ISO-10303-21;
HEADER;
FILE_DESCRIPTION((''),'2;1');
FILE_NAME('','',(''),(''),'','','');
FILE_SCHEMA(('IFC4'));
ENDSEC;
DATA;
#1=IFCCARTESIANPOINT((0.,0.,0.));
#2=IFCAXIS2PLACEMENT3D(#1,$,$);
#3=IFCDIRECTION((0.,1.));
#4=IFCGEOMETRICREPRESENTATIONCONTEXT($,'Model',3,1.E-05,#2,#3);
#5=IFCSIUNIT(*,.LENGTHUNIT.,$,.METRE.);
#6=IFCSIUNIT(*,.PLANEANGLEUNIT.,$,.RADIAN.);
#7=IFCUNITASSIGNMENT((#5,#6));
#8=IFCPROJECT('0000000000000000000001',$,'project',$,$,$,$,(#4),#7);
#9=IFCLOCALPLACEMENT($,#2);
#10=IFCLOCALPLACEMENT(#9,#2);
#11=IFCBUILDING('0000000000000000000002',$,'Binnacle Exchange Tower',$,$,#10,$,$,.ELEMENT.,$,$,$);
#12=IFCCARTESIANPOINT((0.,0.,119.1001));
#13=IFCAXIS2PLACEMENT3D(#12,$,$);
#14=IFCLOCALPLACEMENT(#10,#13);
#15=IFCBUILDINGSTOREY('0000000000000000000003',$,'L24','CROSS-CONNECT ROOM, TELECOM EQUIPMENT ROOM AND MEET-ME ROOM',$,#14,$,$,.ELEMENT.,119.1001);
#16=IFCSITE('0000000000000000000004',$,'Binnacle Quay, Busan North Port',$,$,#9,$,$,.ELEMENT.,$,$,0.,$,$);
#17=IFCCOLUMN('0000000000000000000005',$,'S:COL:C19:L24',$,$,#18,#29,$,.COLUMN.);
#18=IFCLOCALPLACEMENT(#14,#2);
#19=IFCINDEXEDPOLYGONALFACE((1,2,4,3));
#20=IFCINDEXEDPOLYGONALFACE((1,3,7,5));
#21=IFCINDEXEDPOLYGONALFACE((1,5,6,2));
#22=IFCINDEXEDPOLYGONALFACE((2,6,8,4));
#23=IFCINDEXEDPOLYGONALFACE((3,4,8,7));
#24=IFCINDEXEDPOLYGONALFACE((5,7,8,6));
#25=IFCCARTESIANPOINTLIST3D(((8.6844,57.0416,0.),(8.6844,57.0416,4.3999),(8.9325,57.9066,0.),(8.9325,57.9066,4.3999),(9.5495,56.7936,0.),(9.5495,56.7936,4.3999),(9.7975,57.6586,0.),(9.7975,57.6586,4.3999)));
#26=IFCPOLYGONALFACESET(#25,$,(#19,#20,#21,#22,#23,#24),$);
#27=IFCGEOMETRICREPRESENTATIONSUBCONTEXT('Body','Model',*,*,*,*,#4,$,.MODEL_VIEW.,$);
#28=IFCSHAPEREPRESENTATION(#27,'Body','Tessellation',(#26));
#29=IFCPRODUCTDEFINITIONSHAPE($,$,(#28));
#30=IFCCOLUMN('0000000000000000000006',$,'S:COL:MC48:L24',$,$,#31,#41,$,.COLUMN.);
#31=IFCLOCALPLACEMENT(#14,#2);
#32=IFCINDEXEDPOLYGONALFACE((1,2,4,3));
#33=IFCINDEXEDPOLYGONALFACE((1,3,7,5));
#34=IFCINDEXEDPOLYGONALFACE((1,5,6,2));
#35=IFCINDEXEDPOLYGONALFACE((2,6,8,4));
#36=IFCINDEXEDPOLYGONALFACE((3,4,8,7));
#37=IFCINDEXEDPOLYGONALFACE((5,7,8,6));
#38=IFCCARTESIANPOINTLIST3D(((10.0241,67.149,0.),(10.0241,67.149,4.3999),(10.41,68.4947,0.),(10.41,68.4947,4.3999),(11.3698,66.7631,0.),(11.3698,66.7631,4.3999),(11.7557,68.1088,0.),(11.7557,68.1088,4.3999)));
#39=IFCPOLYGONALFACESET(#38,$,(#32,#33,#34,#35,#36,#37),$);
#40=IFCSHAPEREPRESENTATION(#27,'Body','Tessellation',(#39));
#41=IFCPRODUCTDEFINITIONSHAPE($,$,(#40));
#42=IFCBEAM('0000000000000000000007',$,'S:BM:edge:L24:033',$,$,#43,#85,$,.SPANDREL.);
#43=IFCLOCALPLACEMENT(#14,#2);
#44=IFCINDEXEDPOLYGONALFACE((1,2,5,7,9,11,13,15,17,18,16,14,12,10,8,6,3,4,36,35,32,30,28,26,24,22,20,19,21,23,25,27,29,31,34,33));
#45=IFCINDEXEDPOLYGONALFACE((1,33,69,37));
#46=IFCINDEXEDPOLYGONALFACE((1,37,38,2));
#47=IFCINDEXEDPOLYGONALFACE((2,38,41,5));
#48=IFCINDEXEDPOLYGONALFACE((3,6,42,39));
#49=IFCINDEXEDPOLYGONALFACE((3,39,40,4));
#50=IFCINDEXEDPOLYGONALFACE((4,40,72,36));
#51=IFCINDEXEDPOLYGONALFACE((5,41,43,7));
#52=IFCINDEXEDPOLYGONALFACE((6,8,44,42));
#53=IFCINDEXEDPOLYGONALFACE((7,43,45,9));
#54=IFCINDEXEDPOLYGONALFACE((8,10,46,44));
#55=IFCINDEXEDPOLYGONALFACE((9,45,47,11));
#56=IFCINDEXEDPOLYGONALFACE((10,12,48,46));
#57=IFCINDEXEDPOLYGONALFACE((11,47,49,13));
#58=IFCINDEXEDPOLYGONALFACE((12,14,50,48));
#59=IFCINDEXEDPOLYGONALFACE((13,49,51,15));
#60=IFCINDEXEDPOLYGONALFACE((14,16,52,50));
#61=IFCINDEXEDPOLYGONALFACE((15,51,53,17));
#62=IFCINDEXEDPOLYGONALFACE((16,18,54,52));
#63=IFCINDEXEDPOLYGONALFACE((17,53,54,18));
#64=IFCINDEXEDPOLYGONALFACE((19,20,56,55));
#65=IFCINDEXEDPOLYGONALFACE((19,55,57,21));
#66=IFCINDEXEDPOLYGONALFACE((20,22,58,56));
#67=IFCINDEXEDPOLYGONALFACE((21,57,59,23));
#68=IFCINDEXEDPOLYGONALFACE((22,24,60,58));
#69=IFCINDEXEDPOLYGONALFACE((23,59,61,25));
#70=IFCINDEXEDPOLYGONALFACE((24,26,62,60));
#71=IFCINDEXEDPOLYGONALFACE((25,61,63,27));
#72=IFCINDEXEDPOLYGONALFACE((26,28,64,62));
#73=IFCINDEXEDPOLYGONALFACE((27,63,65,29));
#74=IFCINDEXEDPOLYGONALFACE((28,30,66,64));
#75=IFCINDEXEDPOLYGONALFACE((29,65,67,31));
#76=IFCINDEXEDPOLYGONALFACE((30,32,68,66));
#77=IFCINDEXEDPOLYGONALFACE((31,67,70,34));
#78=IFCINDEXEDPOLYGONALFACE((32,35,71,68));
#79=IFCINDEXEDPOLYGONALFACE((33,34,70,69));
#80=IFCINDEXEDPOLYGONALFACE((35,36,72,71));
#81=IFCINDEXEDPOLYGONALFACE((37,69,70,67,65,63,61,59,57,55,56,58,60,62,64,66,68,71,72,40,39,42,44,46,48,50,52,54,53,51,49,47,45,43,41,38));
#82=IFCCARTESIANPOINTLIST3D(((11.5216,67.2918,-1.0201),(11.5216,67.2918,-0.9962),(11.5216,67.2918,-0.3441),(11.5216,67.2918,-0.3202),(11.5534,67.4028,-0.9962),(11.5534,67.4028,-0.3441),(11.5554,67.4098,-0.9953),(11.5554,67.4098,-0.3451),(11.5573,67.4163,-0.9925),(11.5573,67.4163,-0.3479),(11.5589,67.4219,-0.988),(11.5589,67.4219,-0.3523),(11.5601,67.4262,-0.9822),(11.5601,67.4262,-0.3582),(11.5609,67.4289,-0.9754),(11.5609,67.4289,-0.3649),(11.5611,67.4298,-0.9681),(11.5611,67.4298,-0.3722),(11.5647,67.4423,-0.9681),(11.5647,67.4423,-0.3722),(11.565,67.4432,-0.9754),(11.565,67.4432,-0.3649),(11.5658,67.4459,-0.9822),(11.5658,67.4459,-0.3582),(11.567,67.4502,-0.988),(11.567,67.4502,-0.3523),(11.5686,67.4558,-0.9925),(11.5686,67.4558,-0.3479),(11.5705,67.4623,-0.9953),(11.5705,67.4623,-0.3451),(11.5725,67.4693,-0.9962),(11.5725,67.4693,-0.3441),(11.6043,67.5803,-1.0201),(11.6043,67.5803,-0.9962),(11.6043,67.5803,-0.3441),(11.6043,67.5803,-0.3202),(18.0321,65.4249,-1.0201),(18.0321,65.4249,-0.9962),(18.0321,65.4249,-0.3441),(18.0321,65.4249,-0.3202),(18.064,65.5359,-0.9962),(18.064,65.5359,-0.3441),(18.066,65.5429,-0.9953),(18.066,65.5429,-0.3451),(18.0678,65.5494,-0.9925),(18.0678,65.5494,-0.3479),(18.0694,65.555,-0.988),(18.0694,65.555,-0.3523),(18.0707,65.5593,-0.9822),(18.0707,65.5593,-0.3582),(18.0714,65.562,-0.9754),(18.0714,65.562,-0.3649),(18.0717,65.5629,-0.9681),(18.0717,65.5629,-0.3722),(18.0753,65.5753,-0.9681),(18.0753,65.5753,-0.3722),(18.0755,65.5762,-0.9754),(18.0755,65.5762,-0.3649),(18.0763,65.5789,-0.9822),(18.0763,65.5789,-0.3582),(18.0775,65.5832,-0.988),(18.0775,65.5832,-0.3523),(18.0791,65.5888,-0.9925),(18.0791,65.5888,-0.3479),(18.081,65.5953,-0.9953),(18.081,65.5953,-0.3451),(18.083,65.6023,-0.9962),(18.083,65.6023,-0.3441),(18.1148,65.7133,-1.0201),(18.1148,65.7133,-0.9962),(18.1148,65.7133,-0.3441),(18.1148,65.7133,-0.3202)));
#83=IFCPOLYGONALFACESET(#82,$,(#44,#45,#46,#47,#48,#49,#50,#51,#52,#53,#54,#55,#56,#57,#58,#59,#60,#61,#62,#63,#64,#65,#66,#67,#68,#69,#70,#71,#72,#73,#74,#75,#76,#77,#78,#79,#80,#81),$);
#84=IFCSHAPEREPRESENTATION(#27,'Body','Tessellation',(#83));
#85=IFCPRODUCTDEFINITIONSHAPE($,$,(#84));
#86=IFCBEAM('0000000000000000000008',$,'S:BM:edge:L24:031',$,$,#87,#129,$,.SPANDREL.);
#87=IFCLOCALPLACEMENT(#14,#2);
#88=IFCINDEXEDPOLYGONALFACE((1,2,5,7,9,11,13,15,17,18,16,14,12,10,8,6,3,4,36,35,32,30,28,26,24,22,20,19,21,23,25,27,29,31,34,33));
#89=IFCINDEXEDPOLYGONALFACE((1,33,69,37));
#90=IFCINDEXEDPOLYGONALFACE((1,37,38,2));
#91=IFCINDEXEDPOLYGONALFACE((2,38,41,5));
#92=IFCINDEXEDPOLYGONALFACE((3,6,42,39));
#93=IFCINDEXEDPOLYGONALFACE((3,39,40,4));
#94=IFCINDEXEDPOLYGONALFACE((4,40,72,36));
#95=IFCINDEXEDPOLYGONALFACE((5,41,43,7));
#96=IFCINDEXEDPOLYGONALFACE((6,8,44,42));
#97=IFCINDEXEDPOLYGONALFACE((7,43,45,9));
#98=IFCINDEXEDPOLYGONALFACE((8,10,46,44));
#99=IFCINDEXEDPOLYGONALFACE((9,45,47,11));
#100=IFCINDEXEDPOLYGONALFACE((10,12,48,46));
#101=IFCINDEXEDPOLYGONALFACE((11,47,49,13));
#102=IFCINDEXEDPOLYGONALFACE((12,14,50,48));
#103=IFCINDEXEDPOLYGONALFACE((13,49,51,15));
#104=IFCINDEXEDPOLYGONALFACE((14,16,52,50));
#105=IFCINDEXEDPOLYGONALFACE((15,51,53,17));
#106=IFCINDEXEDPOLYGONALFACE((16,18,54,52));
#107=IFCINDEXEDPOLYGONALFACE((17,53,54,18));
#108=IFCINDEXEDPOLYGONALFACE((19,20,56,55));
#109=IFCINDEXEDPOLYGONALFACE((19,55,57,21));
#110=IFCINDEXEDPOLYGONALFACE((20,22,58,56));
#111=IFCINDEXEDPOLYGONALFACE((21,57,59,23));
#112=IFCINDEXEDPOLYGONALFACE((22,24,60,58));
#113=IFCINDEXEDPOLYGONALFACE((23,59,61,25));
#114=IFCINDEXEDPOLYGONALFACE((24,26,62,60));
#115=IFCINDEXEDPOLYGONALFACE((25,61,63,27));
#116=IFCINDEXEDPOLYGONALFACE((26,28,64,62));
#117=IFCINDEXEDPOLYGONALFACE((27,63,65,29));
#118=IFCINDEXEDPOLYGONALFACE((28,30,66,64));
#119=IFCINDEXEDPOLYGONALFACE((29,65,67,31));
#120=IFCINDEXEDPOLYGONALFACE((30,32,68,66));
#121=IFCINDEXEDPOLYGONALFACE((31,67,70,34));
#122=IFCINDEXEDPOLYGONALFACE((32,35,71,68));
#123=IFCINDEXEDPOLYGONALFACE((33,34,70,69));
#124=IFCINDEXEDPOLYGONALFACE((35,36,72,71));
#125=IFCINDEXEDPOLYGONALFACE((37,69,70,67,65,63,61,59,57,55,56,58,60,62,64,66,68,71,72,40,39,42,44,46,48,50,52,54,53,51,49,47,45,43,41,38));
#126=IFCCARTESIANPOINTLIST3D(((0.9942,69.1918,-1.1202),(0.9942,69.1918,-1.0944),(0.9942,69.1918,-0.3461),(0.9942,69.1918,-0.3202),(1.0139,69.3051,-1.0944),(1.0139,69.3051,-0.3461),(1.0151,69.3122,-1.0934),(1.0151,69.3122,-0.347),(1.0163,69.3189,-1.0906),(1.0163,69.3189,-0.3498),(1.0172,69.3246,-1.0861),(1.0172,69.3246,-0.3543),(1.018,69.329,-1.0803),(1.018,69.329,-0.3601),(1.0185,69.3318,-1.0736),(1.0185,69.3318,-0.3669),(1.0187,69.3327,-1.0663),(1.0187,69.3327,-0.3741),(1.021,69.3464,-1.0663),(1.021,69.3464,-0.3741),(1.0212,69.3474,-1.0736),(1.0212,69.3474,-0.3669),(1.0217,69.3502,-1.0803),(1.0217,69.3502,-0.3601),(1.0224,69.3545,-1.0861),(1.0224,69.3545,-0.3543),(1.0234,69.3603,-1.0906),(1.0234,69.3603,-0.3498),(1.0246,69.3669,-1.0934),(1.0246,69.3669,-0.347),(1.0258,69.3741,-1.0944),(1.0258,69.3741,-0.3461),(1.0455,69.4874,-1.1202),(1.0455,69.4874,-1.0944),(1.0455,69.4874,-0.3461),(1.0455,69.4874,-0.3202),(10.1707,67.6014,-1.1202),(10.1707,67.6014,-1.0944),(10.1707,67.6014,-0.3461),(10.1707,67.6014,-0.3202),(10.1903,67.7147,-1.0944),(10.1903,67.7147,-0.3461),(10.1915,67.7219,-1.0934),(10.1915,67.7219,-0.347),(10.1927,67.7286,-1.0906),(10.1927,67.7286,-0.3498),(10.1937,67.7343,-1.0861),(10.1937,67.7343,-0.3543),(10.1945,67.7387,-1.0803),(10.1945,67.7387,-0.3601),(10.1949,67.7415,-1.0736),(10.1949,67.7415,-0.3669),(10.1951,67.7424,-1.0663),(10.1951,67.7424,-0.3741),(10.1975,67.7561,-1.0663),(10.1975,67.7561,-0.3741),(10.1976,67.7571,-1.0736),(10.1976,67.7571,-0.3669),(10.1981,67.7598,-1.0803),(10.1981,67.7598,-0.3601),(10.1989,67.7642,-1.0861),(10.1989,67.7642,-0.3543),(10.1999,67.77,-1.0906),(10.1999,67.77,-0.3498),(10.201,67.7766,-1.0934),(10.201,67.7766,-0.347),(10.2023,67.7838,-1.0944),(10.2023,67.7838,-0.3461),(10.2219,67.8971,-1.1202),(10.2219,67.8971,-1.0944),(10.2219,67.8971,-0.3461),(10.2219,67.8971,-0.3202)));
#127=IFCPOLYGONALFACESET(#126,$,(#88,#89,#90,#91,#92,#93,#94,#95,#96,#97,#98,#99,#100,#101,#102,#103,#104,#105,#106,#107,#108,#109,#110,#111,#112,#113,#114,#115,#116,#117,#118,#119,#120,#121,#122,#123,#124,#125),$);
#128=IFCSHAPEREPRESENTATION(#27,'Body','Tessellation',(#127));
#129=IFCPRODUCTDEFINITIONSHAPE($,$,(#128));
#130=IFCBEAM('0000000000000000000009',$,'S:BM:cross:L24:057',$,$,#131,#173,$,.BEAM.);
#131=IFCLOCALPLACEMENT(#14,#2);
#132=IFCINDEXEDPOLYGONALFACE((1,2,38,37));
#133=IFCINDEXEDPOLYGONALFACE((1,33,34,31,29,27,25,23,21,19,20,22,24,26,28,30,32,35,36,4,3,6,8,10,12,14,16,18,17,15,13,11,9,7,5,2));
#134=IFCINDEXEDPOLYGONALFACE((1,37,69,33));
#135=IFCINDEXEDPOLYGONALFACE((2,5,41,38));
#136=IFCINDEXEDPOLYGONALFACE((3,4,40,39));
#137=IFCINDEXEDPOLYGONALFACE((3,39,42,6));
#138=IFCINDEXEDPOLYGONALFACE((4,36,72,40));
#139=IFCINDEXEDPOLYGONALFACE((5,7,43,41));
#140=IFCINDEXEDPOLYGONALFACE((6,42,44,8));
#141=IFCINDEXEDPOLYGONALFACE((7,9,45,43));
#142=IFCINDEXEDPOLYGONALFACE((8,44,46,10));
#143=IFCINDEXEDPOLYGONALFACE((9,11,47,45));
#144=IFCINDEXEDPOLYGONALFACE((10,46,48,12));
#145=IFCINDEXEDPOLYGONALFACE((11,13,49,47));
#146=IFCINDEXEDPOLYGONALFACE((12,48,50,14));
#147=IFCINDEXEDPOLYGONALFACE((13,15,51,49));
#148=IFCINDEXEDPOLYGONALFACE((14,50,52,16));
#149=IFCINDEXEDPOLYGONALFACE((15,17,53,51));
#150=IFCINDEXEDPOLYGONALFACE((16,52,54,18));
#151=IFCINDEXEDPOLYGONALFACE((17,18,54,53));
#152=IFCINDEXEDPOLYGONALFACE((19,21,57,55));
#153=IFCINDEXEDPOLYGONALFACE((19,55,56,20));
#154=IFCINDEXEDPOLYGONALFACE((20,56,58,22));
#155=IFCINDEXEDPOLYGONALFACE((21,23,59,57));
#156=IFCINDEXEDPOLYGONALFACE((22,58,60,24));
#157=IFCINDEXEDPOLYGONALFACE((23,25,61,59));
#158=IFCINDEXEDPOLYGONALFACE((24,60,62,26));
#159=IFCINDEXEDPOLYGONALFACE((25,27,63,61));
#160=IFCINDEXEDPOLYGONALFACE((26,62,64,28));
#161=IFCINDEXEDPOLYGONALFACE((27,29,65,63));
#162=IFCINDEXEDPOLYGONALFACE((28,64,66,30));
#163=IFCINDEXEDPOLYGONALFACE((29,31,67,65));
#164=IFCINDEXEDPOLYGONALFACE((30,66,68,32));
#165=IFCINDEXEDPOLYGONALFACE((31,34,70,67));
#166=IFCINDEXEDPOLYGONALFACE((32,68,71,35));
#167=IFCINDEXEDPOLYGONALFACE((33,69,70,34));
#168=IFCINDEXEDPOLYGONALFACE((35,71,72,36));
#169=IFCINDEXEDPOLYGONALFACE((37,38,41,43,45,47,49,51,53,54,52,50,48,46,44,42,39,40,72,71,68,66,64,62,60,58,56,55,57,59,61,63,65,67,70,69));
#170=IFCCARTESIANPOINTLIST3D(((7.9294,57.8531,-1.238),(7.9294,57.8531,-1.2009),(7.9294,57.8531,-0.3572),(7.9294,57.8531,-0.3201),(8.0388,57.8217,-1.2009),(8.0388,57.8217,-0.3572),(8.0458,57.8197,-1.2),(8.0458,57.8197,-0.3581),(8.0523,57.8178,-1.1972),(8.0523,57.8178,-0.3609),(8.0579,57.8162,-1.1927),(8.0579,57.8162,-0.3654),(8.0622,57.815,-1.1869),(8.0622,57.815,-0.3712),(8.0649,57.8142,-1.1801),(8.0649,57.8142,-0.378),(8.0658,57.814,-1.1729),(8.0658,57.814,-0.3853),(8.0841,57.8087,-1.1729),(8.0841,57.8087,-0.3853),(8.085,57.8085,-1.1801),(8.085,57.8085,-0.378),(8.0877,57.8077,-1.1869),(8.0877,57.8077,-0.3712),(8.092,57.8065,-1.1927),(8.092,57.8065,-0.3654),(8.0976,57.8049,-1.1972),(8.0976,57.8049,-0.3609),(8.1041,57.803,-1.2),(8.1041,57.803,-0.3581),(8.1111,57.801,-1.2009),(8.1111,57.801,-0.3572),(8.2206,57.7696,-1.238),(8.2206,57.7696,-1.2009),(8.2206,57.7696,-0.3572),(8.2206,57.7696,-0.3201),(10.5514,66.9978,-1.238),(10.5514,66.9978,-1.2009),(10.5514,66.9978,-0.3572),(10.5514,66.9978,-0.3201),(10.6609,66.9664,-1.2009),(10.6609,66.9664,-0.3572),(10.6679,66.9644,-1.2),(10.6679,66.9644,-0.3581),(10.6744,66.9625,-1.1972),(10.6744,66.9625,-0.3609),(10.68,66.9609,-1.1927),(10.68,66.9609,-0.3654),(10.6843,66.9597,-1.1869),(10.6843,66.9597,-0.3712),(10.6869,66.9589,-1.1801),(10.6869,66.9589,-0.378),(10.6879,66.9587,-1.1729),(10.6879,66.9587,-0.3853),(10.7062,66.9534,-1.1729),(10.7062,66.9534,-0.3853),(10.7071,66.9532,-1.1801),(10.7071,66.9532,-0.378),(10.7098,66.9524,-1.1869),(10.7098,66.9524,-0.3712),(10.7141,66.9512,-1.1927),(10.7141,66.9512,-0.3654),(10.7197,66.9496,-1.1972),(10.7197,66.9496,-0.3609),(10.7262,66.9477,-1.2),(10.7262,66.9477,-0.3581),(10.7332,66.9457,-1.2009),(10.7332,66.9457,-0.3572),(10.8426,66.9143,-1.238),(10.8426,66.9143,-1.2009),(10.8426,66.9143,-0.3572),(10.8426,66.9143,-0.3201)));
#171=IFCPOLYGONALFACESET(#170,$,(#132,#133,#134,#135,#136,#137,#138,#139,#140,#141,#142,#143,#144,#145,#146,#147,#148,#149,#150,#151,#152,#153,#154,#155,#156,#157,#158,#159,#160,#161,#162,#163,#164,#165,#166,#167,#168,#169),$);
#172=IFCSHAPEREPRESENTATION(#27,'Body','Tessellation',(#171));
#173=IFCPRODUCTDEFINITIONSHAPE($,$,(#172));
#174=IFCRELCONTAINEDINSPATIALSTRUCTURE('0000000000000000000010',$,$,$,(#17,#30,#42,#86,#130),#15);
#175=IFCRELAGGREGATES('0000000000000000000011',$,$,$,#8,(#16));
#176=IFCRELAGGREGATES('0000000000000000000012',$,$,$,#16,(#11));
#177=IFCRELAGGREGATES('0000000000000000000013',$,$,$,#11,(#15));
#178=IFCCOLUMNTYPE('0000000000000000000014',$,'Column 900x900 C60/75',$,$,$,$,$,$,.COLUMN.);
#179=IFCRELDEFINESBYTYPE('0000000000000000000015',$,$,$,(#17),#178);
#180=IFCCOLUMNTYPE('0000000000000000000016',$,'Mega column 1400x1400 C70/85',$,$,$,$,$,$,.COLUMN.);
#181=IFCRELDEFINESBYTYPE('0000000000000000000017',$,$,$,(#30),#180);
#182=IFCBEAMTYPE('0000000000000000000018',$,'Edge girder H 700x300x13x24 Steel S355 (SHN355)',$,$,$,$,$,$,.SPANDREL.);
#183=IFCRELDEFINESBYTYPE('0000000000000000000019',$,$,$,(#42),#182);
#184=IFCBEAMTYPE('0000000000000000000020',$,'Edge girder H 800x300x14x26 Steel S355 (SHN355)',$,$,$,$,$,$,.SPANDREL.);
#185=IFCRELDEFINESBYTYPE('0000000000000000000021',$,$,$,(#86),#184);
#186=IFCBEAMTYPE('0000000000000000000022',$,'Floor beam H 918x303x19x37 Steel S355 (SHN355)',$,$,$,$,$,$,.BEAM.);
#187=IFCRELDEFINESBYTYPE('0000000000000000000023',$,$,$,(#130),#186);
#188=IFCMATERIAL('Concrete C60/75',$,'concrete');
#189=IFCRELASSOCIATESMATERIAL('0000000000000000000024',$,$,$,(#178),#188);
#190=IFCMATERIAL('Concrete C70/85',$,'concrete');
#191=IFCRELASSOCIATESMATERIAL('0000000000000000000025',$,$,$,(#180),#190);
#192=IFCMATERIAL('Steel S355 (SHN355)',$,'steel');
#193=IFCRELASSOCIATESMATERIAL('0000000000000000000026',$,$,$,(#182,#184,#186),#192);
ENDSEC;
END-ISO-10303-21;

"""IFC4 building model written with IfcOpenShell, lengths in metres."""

from ifc_helpers import new_model, si_unit, direction, frame, origin, origin_2d, place, context, subcontext, project, spatial, rectangle, i_section, extrude, material, material_profile, profile_set, type_object, element, save


model = new_model("IFC4")

# Units and contexts
model_context = context("Model", 3, precision=1e-05, world=origin(), true_north=direction((0.0, 1.0)))
body_context = subcontext(model_context, "Body", "Model", "MODEL_VIEW")
ifc_project = project(units=[si_unit("LENGTHUNIT", "METRE"), si_unit("PLANEANGLEUNIT", "RADIAN")], contexts=[model_context])

# Site, building, storey
site_placement = place(None, origin())
site = spatial("IfcSite", under=ifc_project, at=site_placement, Name="Binnacle Quay, Busan North Port", CompositionType="ELEMENT", RefElevation=0.0)
building_placement = place(site_placement, origin())
building = spatial("IfcBuilding", under=site, at=building_placement, Name="Binnacle Exchange Tower", CompositionType="ELEMENT")
storey_placement = place(building_placement, frame((0.0, 0.0, 119.1001)))
storey = spatial("IfcBuildingStorey", under=building, at=storey_placement, Name="L24", Description="CROSS-CONNECT ROOM, TELECOM EQUIPMENT ROOM AND MEET-ME ROOM", CompositionType="ELEMENT", Elevation=119.1001)

# Columns
ifc_material_1 = material(Name="Concrete C60/75", Category="concrete")
ifc_material_profile_1 = material_profile(ifc_material_1, rectangle(XDim=0.8999, YDim=0.8999, at=origin_2d()), Name="Column 900x900 C60/75")
ifc_profile_set_1 = profile_set([ifc_material_profile_1], Name="Concrete C60/75")
column_type_1 = type_object("IfcColumnType", Name="Column 900x900 C60/75", PredefinedType="COLUMN", material=ifc_profile_set_1)
column_1_placement = place(storey_placement, frame((9.241, 57.3501, 0.0), z_axis=(0.0, 0.0, 1.0), x_axis=(0.961262, -0.275637, 0.0)))
element("IfcColumn", 1, at=column_1_placement, inside=storey, type_object=column_type_1, Name="S:COL:C19:L24", PredefinedType="COLUMN", context=body_context, shape_type="SweptSolid", body=[
    extrude(rectangle(XDim=0.8999, YDim=0.8999, at=origin_2d()), origin(), (0.0, 0.0, 1.0), 4.3999),
])
ifc_material_2 = material(Name="Concrete C70/85", Category="concrete")
ifc_material_profile_2 = material_profile(ifc_material_2, rectangle(XDim=1.3999, YDim=1.3999, at=origin_2d()), Name="Mega column 1400x1400 C70/85")
ifc_profile_set_2 = profile_set([ifc_material_profile_2], Name="Concrete C70/85")
column_type_2 = type_object("IfcColumnType", Name="Mega column 1400x1400 C70/85", PredefinedType="COLUMN", material=ifc_profile_set_2)
column_2_placement = place(storey_placement, frame((10.8899, 67.6289, 0.0), z_axis=(0.0, 0.0, 1.0), x_axis=(-0.961262, 0.275637, 0.0)))
element("IfcColumn", 2, at=column_2_placement, inside=storey, type_object=column_type_2, Name="S:COL:MC48:L24", PredefinedType="COLUMN", context=body_context, shape_type="SweptSolid", body=[
    extrude(rectangle(XDim=1.3999, YDim=1.3999, at=origin_2d()), origin(), (0.0, 0.0, 1.0), 4.3999),
])

# Beams
ifc_material_3 = material(Name="Steel S355 (SHN355)", Category="steel")
ifc_material_profile_3 = material_profile(ifc_material_3, i_section(OverallWidth=0.3, OverallDepth=0.7, WebThickness=0.0129, FlangeThickness=0.0239, FilletRadius=0.0281, at=origin_2d()), Name="H 700x300x13x24")
ifc_profile_set_3 = profile_set([ifc_material_profile_3], Name="Steel S355 (SHN355)")
beam_type_1 = type_object("IfcBeamType", Name="Edge girder H 700x300x13x24 Steel S355 (SHN355)", PredefinedType="SPANDREL", material=ifc_profile_set_3)
beam_1_placement = place(storey_placement, frame((18.0735, 65.5691, -0.6702), z_axis=(-0.961258, 0.275649, 0.0), x_axis=(-0.275649, -0.961258, 0.0)))
element("IfcBeam", 3, at=beam_1_placement, inside=storey, type_object=beam_type_1, Name="S:BM:edge:L24:033", PredefinedType="SPANDREL", context=body_context, shape_type="SweptSolid", body=[
    extrude(i_section(OverallWidth=0.3, OverallDepth=0.7, WebThickness=0.0129, FlangeThickness=0.0239, FilletRadius=0.0281, at=origin_2d()), origin(), (0.0, 0.0, 1.0), 6.7729),
])
ifc_material_profile_4 = material_profile(ifc_material_3, i_section(OverallWidth=0.3, OverallDepth=0.8, WebThickness=0.0139, FlangeThickness=0.0259, FilletRadius=0.0281, at=origin_2d()), Name="H 800x300x14x26")
ifc_profile_set_4 = profile_set([ifc_material_profile_4], Name="Steel S355 (SHN355)")
beam_type_2 = type_object("IfcBeamType", Name="Edge girder H 800x300x14x26 Steel S355 (SHN355)", PredefinedType="SPANDREL", material=ifc_profile_set_4)
beam_2_placement = place(storey_placement, frame((10.1963, 67.7493, -0.7202), z_axis=(-0.985313, 0.170759, 0.0), x_axis=(-0.170759, -0.985313, 0.0)))
element("IfcBeam", 4, at=beam_2_placement, inside=storey, type_object=beam_type_2, Name="S:BM:edge:L24:031", PredefinedType="SPANDREL", context=body_context, shape_type="SweptSolid", body=[
    extrude(i_section(OverallWidth=0.3, OverallDepth=0.8, WebThickness=0.0139, FlangeThickness=0.0259, FilletRadius=0.0281, at=origin_2d()), origin(), (0.0, 0.0, 1.0), 9.3132),
])
ifc_material_profile_5 = material_profile(ifc_material_3, i_section(OverallWidth=0.303, OverallDepth=0.918, WebThickness=0.019, FlangeThickness=0.0371, FilletRadius=0.0281, at=origin_2d()), Name="H 918x303x19x37")
ifc_profile_set_5 = profile_set([ifc_material_profile_5], Name="Steel S355 (SHN355)")
beam_type_3 = type_object("IfcBeamType", Name="Floor beam H 918x303x19x37 Steel S355 (SHN355)", PredefinedType="BEAM", material=ifc_profile_set_5)
beam_3_placement = place(storey_placement, frame((10.697, 66.9561, -0.7791), z_axis=(-0.275623, -0.961266, 0.0), x_axis=(0.961266, -0.275623, 0.0)))
element("IfcBeam", 5, at=beam_3_placement, inside=storey, type_object=beam_type_3, Name="S:BM:cross:L24:057", PredefinedType="BEAM", context=body_context, shape_type="SweptSolid", body=[
    extrude(i_section(OverallWidth=0.303, OverallDepth=0.918, WebThickness=0.019, FlangeThickness=0.0371, FilletRadius=0.0281, at=origin_2d()), origin(), (0.0, 0.0, 1.0), 9.5132),
])

save(model, "model.ifc")
